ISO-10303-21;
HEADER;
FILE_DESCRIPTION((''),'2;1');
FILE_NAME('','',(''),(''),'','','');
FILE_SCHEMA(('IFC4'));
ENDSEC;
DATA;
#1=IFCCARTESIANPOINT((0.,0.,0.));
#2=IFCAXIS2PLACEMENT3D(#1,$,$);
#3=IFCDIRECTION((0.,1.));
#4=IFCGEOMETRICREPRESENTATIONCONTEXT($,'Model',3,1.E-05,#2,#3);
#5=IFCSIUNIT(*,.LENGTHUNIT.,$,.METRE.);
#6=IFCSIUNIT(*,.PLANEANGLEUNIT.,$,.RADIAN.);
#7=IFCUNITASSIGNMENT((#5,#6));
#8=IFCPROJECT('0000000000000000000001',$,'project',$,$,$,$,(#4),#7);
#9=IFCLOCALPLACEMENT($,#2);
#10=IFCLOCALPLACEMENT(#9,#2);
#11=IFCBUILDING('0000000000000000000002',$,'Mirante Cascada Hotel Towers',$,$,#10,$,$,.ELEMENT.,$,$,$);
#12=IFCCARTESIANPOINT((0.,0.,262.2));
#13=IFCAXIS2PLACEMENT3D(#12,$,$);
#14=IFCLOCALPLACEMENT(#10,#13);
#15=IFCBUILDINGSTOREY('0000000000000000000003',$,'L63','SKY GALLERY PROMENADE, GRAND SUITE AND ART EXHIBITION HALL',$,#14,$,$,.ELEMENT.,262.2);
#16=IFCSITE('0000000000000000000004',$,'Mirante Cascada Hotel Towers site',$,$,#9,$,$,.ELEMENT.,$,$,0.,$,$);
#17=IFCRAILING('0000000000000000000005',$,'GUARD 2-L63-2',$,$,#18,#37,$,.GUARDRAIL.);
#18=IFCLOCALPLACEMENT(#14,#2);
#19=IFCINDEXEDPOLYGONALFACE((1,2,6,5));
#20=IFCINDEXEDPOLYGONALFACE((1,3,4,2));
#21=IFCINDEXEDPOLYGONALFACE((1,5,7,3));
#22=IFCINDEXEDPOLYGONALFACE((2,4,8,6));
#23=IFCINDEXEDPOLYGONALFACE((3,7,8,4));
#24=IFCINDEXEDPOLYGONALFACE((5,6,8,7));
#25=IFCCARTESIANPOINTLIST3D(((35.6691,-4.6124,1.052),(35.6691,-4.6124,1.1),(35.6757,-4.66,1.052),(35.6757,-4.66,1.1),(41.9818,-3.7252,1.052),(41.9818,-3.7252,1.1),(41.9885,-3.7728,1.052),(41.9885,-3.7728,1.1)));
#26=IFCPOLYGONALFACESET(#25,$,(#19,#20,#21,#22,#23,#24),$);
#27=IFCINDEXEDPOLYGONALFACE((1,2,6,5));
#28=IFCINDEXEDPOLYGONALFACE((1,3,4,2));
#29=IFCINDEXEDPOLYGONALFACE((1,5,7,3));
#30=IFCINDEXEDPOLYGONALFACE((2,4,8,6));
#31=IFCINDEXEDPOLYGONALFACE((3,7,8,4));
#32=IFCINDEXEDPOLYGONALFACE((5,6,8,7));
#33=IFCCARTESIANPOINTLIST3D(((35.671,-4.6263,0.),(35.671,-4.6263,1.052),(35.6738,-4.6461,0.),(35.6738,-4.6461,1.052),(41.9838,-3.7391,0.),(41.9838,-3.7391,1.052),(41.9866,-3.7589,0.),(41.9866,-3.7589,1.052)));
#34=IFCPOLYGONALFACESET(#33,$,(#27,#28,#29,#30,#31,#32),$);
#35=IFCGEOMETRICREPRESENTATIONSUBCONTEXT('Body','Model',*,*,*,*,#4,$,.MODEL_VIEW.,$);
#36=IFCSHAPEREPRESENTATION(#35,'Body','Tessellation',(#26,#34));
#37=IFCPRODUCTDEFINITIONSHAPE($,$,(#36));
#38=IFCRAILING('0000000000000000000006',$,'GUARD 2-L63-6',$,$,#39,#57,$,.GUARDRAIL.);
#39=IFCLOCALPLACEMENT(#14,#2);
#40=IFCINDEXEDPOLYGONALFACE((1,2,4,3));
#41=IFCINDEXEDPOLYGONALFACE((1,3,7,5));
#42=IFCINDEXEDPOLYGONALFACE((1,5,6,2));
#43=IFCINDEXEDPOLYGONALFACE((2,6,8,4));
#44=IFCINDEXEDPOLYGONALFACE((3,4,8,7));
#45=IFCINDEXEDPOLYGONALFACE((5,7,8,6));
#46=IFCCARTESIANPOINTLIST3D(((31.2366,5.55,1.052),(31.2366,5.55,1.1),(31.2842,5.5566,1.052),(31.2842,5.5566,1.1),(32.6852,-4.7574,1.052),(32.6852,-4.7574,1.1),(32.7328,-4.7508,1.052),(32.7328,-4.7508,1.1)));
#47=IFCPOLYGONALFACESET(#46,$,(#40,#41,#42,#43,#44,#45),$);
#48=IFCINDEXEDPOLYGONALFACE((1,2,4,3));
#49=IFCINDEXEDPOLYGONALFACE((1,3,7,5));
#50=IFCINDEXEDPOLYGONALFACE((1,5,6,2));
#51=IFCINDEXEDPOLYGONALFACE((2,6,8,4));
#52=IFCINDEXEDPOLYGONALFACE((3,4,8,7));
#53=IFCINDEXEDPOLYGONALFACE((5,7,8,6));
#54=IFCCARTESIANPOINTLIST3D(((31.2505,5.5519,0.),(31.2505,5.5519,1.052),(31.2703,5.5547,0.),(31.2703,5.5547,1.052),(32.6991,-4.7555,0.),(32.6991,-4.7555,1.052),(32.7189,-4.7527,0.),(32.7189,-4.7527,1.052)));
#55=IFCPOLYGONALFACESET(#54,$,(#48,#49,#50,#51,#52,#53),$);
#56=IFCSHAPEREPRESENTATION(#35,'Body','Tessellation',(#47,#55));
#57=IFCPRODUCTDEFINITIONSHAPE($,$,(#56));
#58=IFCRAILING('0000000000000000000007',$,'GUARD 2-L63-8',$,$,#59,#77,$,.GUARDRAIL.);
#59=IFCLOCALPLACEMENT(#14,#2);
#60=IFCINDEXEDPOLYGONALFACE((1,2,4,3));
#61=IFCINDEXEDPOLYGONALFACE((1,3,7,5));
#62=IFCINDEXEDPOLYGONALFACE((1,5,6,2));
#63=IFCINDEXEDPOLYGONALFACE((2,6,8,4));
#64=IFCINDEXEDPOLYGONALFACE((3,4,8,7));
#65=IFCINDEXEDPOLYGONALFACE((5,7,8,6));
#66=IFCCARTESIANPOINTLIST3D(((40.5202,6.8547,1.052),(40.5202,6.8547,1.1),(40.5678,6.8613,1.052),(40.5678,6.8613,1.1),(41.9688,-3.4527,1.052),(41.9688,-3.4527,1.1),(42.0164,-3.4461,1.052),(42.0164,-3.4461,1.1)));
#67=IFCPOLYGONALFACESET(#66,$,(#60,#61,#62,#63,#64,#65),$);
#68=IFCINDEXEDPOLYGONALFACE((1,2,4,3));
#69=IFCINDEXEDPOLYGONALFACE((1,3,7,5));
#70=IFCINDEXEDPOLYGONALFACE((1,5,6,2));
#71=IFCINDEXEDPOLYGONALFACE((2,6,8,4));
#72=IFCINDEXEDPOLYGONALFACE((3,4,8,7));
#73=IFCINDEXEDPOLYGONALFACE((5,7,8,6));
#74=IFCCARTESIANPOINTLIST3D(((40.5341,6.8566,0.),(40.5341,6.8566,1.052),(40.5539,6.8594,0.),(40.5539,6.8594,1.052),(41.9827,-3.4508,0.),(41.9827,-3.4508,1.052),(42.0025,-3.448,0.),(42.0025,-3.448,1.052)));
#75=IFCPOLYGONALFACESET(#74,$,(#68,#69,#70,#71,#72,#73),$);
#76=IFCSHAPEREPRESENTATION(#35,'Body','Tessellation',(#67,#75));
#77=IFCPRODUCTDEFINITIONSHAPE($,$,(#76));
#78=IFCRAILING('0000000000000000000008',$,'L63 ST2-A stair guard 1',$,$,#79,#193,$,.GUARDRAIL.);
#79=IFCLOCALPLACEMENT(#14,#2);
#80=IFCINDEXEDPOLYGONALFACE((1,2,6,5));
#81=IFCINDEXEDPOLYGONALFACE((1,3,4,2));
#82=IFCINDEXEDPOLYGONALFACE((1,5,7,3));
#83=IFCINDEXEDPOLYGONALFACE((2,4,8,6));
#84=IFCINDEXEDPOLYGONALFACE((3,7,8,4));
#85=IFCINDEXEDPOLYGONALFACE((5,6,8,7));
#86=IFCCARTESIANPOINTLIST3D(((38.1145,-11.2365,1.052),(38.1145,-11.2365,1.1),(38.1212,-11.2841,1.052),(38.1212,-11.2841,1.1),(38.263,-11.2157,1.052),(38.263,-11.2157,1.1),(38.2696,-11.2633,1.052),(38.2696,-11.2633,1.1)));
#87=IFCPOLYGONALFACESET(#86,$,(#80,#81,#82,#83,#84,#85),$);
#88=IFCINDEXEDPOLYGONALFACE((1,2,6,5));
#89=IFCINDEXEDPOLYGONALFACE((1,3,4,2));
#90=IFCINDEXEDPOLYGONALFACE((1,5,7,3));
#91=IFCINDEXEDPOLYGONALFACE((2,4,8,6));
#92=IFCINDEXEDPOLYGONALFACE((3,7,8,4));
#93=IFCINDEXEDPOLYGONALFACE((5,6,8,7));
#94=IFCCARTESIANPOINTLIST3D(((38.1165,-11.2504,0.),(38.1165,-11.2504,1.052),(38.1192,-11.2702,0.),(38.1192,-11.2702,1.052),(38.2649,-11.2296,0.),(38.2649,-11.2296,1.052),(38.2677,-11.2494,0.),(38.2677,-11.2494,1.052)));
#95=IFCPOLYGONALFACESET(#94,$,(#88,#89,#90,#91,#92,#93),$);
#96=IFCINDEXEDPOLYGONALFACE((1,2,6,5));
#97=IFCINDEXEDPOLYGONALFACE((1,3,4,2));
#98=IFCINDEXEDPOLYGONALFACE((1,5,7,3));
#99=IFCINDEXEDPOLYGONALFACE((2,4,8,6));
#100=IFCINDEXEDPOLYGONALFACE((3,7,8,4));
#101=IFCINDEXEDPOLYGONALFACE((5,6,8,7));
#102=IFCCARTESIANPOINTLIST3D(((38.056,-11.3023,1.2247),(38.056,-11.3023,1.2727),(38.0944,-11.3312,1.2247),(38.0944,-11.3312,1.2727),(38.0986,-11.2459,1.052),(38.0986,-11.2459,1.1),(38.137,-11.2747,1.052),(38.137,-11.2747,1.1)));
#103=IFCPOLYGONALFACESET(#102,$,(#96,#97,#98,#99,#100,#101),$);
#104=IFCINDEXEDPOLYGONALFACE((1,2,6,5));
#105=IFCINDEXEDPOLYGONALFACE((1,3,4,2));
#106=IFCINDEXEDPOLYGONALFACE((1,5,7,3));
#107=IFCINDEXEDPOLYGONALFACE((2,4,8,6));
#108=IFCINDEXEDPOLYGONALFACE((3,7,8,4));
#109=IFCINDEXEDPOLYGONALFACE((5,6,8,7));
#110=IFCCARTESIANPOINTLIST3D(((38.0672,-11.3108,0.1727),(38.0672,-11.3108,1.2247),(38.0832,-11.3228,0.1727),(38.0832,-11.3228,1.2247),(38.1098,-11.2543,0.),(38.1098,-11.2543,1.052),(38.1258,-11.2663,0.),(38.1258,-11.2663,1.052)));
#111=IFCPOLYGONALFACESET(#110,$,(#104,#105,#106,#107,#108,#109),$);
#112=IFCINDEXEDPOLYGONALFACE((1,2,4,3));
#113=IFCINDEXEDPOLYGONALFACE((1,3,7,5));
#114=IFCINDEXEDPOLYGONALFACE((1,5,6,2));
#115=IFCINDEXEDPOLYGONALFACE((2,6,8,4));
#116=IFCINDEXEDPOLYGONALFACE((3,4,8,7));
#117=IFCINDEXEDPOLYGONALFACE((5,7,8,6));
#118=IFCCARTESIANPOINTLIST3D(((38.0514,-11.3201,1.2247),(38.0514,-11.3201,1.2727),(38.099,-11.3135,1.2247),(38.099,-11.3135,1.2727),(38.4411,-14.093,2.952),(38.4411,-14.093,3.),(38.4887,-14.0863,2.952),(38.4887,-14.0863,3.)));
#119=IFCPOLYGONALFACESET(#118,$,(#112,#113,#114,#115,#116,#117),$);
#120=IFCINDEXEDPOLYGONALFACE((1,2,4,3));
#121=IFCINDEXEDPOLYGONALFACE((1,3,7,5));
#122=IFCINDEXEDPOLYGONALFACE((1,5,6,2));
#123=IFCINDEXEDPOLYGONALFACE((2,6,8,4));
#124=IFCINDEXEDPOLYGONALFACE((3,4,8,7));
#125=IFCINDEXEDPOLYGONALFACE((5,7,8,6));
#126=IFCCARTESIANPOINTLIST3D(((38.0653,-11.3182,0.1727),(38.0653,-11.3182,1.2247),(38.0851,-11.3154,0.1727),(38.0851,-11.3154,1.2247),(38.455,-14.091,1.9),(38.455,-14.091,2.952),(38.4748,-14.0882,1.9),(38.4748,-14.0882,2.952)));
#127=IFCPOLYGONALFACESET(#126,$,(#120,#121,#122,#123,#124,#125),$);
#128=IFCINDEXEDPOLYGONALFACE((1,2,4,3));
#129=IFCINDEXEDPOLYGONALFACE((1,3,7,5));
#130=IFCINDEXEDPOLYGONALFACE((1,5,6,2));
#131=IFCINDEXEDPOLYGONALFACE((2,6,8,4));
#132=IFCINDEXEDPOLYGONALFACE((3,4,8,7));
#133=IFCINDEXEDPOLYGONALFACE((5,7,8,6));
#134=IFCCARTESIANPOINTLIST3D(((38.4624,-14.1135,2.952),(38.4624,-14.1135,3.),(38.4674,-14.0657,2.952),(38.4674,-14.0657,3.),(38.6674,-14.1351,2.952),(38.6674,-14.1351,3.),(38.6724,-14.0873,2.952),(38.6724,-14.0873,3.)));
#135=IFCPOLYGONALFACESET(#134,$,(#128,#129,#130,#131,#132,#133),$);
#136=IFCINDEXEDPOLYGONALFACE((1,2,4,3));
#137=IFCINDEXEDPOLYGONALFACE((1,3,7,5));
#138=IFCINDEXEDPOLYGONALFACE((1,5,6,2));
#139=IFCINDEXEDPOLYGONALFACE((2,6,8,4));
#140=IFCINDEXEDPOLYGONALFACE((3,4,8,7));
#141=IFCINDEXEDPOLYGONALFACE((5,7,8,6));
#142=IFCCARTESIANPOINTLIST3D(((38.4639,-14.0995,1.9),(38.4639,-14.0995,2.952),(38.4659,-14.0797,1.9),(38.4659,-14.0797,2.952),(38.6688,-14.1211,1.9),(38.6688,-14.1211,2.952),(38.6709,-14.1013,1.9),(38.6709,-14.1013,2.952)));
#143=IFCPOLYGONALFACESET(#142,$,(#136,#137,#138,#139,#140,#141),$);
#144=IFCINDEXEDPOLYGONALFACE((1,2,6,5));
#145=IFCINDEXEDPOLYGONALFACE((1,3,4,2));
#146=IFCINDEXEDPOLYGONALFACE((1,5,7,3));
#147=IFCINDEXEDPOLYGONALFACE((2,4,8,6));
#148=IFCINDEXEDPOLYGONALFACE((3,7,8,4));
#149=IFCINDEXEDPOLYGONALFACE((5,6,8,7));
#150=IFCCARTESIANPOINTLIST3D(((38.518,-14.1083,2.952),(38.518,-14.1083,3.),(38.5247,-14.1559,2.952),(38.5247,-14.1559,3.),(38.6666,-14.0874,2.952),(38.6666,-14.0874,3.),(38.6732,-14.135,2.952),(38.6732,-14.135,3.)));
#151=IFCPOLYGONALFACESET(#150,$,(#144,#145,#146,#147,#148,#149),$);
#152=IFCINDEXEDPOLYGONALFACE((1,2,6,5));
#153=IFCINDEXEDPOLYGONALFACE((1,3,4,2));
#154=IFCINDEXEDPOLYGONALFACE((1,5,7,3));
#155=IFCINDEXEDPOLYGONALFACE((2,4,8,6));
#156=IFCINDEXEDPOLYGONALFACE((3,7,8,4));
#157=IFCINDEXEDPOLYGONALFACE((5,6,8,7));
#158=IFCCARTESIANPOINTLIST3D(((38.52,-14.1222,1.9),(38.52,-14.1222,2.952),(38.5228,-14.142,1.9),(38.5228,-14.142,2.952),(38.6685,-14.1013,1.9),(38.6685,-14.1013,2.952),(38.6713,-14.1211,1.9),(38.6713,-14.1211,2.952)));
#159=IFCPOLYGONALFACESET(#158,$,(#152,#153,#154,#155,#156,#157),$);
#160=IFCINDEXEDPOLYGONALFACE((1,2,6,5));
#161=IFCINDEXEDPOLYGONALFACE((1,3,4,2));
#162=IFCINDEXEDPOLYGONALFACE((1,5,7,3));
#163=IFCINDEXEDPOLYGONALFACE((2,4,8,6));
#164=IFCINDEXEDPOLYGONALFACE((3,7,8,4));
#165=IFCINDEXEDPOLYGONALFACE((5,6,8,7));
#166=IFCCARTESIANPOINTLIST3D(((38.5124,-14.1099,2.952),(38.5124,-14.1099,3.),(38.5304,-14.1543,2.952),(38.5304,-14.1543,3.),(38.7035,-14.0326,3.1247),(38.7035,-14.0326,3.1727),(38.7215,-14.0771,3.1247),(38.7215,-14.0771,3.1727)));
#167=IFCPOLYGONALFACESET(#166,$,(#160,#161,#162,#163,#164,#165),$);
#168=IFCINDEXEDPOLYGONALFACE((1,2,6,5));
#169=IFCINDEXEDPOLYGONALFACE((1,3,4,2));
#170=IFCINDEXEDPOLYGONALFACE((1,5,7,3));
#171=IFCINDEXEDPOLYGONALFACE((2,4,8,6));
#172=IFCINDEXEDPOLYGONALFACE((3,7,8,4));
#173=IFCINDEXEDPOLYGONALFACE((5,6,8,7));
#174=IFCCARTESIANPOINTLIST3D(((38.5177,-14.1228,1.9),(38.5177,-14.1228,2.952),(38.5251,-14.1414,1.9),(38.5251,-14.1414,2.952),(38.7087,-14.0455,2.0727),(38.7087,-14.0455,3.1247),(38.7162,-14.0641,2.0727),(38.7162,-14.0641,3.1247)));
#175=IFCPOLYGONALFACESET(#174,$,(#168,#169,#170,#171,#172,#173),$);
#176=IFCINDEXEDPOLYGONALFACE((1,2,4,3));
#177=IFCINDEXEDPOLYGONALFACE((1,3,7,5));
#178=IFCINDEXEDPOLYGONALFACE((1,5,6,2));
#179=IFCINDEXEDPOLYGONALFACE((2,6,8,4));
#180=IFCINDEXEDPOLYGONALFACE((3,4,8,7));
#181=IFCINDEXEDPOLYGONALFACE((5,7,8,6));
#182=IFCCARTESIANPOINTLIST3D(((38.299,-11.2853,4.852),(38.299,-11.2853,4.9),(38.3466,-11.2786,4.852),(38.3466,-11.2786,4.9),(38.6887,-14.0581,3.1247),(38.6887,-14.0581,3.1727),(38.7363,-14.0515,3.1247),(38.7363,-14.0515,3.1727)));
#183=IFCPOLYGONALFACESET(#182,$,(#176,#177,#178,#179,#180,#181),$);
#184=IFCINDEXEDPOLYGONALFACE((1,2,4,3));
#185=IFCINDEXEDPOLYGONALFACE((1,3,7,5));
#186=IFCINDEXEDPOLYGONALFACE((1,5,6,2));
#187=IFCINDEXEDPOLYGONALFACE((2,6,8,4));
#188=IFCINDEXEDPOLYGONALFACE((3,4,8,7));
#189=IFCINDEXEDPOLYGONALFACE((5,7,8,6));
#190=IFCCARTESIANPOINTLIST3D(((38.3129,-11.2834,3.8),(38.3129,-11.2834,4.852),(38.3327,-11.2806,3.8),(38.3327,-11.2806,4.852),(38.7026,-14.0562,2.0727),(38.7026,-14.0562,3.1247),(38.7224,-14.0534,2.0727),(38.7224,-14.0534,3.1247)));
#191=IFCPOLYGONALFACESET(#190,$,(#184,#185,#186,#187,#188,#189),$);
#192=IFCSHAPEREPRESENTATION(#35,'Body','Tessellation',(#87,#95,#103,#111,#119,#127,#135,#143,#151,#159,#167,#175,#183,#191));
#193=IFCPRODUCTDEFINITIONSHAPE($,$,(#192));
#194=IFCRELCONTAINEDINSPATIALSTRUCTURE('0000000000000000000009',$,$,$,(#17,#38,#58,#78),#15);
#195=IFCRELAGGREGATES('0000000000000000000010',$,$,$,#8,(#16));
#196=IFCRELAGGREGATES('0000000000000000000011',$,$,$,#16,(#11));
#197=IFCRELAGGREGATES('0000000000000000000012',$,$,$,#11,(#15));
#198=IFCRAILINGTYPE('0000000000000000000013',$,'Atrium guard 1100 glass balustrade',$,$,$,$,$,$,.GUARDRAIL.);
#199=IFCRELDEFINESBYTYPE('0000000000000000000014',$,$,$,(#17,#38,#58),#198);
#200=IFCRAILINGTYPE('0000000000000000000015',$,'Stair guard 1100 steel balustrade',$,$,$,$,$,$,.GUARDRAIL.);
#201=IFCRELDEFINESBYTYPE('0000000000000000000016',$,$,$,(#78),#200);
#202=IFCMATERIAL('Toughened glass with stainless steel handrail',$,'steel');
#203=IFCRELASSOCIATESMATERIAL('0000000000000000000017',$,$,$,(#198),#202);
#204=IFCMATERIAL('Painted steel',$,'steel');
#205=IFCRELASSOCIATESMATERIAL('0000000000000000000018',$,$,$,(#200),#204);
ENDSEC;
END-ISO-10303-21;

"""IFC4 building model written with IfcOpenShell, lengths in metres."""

from ifc_helpers import new_model, si_unit, direction, frame, origin, origin_2d, place, context, subcontext, project, spatial, rectangle, extrude, material, type_object, element, save


model = new_model("IFC4")

# Units and contexts
model_context = context("Model", 3, precision=1e-05, world=origin(), true_north=direction((0.0, 1.0)))
body_context = subcontext(model_context, "Body", "Model", "MODEL_VIEW")
ifc_project = project(units=[si_unit("LENGTHUNIT", "METRE"), si_unit("PLANEANGLEUNIT", "RADIAN")], contexts=[model_context])

# Site, building, storey
site_placement = place(None, origin())
site = spatial("IfcSite", under=ifc_project, at=site_placement, Name="Mirante Cascada Hotel Towers site", CompositionType="ELEMENT", RefElevation=0.0)
building_placement = place(site_placement, origin())
building = spatial("IfcBuilding", under=site, at=building_placement, Name="Mirante Cascada Hotel Towers", CompositionType="ELEMENT")
storey_placement = place(building_placement, frame((0.0, 0.0, 262.2)))
storey = spatial("IfcBuildingStorey", under=building, at=storey_placement, Name="L63", Description="SKY GALLERY PROMENADE, GRAND SUITE AND ART EXHIBITION HALL", CompositionType="ELEMENT", Elevation=262.2)

# Railings
ifc_material_1 = material(Name="Toughened glass with stainless steel handrail", Category="steel")
railing_type_1 = type_object("IfcRailingType", Name="Atrium guard 1100 glass balustrade", PredefinedType="GUARDRAIL", material=ifc_material_1)
railing_1_placement = place(storey_placement, frame((35.6724, -4.6362, 0.0)))
element("IfcRailing", 1, at=railing_1_placement, inside=storey, type_object=railing_type_1, Name="GUARD 2-L63-2", PredefinedType="GUARDRAIL", context=body_context, shape_type="SweptSolid", body=[
    extrude(rectangle(XDim=0.048, YDim=0.048, at=origin_2d()), frame((0.0, 0.0, 1.076), z_axis=(0.990268, 0.139172, 0.0), x_axis=(-0.139172, 0.990268, 0.0)), (0.0, 0.0, 1.0), 6.3748),
    extrude(rectangle(XDim=0.02, YDim=1.052, at=origin_2d()), frame((0.0, 0.0, 0.526), z_axis=(0.990268, 0.139172, 0.0), x_axis=(-0.139172, 0.990268, 0.0)), (0.0, 0.0, 1.0), 6.3748),
])
for number, where, name in (
    (2, (32.709, -4.7541, 0.0), "GUARD 2-L63-6"),
    (3, (41.9926, -3.4494, 0.0), "GUARD 2-L63-8"),
):
    element("IfcRailing", number, at=place(storey_placement, frame(where)), inside=storey, type_object=railing_type_1, Name=name, PredefinedType="GUARDRAIL", context=body_context, shape_type="SweptSolid", body=[
        extrude(rectangle(XDim=0.048, YDim=0.048, at=origin_2d()), frame((0.0, 0.0, 1.076), z_axis=(-0.139172, 0.990268, 0.0), x_axis=(-0.990268, -0.139172, 0.0)), (0.0, 0.0, 1.0), 10.4087),
        extrude(rectangle(XDim=0.02, YDim=1.052, at=origin_2d()), frame((0.0, 0.0, 0.526), z_axis=(-0.139172, 0.990268, 0.0), x_axis=(-0.990268, -0.139172, 0.0)), (0.0, 0.0, 1.0), 10.4087),
    ])
ifc_material_2 = material(Name="Painted steel", Category="steel")
railing_type_2 = type_object("IfcRailingType", Name="Stair guard 1100 steel balustrade", PredefinedType="GUARDRAIL", material=ifc_material_2)
railing_2_placement = place(storey_placement, frame((38.2663, -11.2395, 0.0)))
element("IfcRailing", 4, at=railing_2_placement, inside=storey, type_object=railing_type_2, Name="L63 ST2-A stair guard 1", PredefinedType="GUARDRAIL", context=body_context, shape_type="SweptSolid", body=[
    extrude(rectangle(XDim=0.048, YDim=0.048, at=origin_2d()), frame((0.0, 0.0, 1.076), z_axis=(-0.990333, -0.138713, 0.0), x_axis=(0.138713, -0.990333, 0.0)), (0.0, 0.0, 1.0), 0.1499),
    extrude(rectangle(XDim=0.02, YDim=1.052, at=origin_2d()), frame((0.0, 0.0, 0.526), z_axis=(-0.990333, -0.138713, 0.0), x_axis=(0.138713, -0.990333, 0.0)), (0.0, 0.0, 1.0), 0.1499),
    extrude(rectangle(XDim=0.048, YDim=0.048, at=origin_2d()), frame((-0.1485, -0.0208, 1.076), z_axis=(-0.602033, -0.798471, 0.0), x_axis=(0.798471, -0.602033, 0.0)), (0.0, 0.92534, 0.379139), 0.1866),
    extrude(rectangle(XDim=0.02, YDim=1.052, at=origin_2d()), frame((-0.1485, -0.0208, 0.526), z_axis=(-0.602033, -0.798471, 0.0), x_axis=(0.798471, -0.602033, 0.0)), (0.0, 0.92534, 0.379139), 0.1866),
    extrude(rectangle(XDim=0.048, YDim=0.048, at=origin_2d()), frame((-0.1911, -0.0773, 1.2487), z_axis=(0.139176, -0.990268, 0.0), x_axis=(0.990268, 0.139176, 0.0)), (0.0, 0.525021, 0.851089), 3.29),
    extrude(rectangle(XDim=0.02, YDim=1.052, at=origin_2d()), frame((-0.1911, -0.0773, 0.6987), z_axis=(0.139176, -0.990268, 0.0), x_axis=(0.990268, 0.139176, 0.0)), (0.0, 0.525021, 0.851089), 3.29),
    extrude(rectangle(XDim=0.048, YDim=0.048, at=origin_2d()), frame((0.1986, -2.8501, 2.976), z_axis=(0.994495, -0.104786, 0.0), x_axis=(0.104786, 0.994495, 0.0)), (0.0, 0.0, 1.0), 0.2061),
    extrude(rectangle(XDim=0.02, YDim=1.052, at=origin_2d()), frame((0.1986, -2.8501, 2.426), z_axis=(0.994495, -0.104786, 0.0), x_axis=(0.104786, 0.994495, 0.0)), (0.0, 0.0, 1.0), 0.2061),
    extrude(rectangle(XDim=0.048, YDim=0.048, at=origin_2d()), frame((0.4036, -2.8717, 2.976), z_axis=(-0.990241, -0.139367, 0.0), x_axis=(0.139367, -0.990241, 0.0)), (0.0, 0.0, 1.0), 0.15),
    extrude(rectangle(XDim=0.02, YDim=1.052, at=origin_2d()), frame((0.4036, -2.8717, 2.426), z_axis=(-0.990241, -0.139367, 0.0), x_axis=(0.139367, -0.990241, 0.0)), (0.0, 0.0, 1.0), 0.15),
    extrude(rectangle(XDim=0.048, YDim=0.048, at=origin_2d()), frame((0.2551, -2.8926, 2.976), z_axis=(0.927031, 0.374984, 0.0), x_axis=(-0.374984, 0.927031, 0.0)), (0.0, 0.64219, 0.766545), 0.2689),
    extrude(rectangle(XDim=0.02, YDim=1.052, at=origin_2d()), frame((0.2551, -2.8926, 2.426), z_axis=(0.927031, 0.374984, 0.0), x_axis=(-0.374984, 0.927031, 0.0)), (0.0, 0.64219, 0.766545), 0.2689),
    extrude(rectangle(XDim=0.048, YDim=0.048, at=origin_2d()), frame((0.4462, -2.8153, 3.1487), z_axis=(-0.139176, 0.990268, 0.0), x_axis=(-0.990268, -0.139176, 0.0)), (0.0, 0.525021, 0.851089), 3.29),
    extrude(rectangle(XDim=0.02, YDim=1.052, at=origin_2d()), frame((0.4462, -2.8153, 2.5987), z_axis=(-0.139176, 0.990268, 0.0), x_axis=(-0.990268, -0.139176, 0.0)), (0.0, 0.525021, 0.851089), 3.29),
])

save(model, "model.ifc")
